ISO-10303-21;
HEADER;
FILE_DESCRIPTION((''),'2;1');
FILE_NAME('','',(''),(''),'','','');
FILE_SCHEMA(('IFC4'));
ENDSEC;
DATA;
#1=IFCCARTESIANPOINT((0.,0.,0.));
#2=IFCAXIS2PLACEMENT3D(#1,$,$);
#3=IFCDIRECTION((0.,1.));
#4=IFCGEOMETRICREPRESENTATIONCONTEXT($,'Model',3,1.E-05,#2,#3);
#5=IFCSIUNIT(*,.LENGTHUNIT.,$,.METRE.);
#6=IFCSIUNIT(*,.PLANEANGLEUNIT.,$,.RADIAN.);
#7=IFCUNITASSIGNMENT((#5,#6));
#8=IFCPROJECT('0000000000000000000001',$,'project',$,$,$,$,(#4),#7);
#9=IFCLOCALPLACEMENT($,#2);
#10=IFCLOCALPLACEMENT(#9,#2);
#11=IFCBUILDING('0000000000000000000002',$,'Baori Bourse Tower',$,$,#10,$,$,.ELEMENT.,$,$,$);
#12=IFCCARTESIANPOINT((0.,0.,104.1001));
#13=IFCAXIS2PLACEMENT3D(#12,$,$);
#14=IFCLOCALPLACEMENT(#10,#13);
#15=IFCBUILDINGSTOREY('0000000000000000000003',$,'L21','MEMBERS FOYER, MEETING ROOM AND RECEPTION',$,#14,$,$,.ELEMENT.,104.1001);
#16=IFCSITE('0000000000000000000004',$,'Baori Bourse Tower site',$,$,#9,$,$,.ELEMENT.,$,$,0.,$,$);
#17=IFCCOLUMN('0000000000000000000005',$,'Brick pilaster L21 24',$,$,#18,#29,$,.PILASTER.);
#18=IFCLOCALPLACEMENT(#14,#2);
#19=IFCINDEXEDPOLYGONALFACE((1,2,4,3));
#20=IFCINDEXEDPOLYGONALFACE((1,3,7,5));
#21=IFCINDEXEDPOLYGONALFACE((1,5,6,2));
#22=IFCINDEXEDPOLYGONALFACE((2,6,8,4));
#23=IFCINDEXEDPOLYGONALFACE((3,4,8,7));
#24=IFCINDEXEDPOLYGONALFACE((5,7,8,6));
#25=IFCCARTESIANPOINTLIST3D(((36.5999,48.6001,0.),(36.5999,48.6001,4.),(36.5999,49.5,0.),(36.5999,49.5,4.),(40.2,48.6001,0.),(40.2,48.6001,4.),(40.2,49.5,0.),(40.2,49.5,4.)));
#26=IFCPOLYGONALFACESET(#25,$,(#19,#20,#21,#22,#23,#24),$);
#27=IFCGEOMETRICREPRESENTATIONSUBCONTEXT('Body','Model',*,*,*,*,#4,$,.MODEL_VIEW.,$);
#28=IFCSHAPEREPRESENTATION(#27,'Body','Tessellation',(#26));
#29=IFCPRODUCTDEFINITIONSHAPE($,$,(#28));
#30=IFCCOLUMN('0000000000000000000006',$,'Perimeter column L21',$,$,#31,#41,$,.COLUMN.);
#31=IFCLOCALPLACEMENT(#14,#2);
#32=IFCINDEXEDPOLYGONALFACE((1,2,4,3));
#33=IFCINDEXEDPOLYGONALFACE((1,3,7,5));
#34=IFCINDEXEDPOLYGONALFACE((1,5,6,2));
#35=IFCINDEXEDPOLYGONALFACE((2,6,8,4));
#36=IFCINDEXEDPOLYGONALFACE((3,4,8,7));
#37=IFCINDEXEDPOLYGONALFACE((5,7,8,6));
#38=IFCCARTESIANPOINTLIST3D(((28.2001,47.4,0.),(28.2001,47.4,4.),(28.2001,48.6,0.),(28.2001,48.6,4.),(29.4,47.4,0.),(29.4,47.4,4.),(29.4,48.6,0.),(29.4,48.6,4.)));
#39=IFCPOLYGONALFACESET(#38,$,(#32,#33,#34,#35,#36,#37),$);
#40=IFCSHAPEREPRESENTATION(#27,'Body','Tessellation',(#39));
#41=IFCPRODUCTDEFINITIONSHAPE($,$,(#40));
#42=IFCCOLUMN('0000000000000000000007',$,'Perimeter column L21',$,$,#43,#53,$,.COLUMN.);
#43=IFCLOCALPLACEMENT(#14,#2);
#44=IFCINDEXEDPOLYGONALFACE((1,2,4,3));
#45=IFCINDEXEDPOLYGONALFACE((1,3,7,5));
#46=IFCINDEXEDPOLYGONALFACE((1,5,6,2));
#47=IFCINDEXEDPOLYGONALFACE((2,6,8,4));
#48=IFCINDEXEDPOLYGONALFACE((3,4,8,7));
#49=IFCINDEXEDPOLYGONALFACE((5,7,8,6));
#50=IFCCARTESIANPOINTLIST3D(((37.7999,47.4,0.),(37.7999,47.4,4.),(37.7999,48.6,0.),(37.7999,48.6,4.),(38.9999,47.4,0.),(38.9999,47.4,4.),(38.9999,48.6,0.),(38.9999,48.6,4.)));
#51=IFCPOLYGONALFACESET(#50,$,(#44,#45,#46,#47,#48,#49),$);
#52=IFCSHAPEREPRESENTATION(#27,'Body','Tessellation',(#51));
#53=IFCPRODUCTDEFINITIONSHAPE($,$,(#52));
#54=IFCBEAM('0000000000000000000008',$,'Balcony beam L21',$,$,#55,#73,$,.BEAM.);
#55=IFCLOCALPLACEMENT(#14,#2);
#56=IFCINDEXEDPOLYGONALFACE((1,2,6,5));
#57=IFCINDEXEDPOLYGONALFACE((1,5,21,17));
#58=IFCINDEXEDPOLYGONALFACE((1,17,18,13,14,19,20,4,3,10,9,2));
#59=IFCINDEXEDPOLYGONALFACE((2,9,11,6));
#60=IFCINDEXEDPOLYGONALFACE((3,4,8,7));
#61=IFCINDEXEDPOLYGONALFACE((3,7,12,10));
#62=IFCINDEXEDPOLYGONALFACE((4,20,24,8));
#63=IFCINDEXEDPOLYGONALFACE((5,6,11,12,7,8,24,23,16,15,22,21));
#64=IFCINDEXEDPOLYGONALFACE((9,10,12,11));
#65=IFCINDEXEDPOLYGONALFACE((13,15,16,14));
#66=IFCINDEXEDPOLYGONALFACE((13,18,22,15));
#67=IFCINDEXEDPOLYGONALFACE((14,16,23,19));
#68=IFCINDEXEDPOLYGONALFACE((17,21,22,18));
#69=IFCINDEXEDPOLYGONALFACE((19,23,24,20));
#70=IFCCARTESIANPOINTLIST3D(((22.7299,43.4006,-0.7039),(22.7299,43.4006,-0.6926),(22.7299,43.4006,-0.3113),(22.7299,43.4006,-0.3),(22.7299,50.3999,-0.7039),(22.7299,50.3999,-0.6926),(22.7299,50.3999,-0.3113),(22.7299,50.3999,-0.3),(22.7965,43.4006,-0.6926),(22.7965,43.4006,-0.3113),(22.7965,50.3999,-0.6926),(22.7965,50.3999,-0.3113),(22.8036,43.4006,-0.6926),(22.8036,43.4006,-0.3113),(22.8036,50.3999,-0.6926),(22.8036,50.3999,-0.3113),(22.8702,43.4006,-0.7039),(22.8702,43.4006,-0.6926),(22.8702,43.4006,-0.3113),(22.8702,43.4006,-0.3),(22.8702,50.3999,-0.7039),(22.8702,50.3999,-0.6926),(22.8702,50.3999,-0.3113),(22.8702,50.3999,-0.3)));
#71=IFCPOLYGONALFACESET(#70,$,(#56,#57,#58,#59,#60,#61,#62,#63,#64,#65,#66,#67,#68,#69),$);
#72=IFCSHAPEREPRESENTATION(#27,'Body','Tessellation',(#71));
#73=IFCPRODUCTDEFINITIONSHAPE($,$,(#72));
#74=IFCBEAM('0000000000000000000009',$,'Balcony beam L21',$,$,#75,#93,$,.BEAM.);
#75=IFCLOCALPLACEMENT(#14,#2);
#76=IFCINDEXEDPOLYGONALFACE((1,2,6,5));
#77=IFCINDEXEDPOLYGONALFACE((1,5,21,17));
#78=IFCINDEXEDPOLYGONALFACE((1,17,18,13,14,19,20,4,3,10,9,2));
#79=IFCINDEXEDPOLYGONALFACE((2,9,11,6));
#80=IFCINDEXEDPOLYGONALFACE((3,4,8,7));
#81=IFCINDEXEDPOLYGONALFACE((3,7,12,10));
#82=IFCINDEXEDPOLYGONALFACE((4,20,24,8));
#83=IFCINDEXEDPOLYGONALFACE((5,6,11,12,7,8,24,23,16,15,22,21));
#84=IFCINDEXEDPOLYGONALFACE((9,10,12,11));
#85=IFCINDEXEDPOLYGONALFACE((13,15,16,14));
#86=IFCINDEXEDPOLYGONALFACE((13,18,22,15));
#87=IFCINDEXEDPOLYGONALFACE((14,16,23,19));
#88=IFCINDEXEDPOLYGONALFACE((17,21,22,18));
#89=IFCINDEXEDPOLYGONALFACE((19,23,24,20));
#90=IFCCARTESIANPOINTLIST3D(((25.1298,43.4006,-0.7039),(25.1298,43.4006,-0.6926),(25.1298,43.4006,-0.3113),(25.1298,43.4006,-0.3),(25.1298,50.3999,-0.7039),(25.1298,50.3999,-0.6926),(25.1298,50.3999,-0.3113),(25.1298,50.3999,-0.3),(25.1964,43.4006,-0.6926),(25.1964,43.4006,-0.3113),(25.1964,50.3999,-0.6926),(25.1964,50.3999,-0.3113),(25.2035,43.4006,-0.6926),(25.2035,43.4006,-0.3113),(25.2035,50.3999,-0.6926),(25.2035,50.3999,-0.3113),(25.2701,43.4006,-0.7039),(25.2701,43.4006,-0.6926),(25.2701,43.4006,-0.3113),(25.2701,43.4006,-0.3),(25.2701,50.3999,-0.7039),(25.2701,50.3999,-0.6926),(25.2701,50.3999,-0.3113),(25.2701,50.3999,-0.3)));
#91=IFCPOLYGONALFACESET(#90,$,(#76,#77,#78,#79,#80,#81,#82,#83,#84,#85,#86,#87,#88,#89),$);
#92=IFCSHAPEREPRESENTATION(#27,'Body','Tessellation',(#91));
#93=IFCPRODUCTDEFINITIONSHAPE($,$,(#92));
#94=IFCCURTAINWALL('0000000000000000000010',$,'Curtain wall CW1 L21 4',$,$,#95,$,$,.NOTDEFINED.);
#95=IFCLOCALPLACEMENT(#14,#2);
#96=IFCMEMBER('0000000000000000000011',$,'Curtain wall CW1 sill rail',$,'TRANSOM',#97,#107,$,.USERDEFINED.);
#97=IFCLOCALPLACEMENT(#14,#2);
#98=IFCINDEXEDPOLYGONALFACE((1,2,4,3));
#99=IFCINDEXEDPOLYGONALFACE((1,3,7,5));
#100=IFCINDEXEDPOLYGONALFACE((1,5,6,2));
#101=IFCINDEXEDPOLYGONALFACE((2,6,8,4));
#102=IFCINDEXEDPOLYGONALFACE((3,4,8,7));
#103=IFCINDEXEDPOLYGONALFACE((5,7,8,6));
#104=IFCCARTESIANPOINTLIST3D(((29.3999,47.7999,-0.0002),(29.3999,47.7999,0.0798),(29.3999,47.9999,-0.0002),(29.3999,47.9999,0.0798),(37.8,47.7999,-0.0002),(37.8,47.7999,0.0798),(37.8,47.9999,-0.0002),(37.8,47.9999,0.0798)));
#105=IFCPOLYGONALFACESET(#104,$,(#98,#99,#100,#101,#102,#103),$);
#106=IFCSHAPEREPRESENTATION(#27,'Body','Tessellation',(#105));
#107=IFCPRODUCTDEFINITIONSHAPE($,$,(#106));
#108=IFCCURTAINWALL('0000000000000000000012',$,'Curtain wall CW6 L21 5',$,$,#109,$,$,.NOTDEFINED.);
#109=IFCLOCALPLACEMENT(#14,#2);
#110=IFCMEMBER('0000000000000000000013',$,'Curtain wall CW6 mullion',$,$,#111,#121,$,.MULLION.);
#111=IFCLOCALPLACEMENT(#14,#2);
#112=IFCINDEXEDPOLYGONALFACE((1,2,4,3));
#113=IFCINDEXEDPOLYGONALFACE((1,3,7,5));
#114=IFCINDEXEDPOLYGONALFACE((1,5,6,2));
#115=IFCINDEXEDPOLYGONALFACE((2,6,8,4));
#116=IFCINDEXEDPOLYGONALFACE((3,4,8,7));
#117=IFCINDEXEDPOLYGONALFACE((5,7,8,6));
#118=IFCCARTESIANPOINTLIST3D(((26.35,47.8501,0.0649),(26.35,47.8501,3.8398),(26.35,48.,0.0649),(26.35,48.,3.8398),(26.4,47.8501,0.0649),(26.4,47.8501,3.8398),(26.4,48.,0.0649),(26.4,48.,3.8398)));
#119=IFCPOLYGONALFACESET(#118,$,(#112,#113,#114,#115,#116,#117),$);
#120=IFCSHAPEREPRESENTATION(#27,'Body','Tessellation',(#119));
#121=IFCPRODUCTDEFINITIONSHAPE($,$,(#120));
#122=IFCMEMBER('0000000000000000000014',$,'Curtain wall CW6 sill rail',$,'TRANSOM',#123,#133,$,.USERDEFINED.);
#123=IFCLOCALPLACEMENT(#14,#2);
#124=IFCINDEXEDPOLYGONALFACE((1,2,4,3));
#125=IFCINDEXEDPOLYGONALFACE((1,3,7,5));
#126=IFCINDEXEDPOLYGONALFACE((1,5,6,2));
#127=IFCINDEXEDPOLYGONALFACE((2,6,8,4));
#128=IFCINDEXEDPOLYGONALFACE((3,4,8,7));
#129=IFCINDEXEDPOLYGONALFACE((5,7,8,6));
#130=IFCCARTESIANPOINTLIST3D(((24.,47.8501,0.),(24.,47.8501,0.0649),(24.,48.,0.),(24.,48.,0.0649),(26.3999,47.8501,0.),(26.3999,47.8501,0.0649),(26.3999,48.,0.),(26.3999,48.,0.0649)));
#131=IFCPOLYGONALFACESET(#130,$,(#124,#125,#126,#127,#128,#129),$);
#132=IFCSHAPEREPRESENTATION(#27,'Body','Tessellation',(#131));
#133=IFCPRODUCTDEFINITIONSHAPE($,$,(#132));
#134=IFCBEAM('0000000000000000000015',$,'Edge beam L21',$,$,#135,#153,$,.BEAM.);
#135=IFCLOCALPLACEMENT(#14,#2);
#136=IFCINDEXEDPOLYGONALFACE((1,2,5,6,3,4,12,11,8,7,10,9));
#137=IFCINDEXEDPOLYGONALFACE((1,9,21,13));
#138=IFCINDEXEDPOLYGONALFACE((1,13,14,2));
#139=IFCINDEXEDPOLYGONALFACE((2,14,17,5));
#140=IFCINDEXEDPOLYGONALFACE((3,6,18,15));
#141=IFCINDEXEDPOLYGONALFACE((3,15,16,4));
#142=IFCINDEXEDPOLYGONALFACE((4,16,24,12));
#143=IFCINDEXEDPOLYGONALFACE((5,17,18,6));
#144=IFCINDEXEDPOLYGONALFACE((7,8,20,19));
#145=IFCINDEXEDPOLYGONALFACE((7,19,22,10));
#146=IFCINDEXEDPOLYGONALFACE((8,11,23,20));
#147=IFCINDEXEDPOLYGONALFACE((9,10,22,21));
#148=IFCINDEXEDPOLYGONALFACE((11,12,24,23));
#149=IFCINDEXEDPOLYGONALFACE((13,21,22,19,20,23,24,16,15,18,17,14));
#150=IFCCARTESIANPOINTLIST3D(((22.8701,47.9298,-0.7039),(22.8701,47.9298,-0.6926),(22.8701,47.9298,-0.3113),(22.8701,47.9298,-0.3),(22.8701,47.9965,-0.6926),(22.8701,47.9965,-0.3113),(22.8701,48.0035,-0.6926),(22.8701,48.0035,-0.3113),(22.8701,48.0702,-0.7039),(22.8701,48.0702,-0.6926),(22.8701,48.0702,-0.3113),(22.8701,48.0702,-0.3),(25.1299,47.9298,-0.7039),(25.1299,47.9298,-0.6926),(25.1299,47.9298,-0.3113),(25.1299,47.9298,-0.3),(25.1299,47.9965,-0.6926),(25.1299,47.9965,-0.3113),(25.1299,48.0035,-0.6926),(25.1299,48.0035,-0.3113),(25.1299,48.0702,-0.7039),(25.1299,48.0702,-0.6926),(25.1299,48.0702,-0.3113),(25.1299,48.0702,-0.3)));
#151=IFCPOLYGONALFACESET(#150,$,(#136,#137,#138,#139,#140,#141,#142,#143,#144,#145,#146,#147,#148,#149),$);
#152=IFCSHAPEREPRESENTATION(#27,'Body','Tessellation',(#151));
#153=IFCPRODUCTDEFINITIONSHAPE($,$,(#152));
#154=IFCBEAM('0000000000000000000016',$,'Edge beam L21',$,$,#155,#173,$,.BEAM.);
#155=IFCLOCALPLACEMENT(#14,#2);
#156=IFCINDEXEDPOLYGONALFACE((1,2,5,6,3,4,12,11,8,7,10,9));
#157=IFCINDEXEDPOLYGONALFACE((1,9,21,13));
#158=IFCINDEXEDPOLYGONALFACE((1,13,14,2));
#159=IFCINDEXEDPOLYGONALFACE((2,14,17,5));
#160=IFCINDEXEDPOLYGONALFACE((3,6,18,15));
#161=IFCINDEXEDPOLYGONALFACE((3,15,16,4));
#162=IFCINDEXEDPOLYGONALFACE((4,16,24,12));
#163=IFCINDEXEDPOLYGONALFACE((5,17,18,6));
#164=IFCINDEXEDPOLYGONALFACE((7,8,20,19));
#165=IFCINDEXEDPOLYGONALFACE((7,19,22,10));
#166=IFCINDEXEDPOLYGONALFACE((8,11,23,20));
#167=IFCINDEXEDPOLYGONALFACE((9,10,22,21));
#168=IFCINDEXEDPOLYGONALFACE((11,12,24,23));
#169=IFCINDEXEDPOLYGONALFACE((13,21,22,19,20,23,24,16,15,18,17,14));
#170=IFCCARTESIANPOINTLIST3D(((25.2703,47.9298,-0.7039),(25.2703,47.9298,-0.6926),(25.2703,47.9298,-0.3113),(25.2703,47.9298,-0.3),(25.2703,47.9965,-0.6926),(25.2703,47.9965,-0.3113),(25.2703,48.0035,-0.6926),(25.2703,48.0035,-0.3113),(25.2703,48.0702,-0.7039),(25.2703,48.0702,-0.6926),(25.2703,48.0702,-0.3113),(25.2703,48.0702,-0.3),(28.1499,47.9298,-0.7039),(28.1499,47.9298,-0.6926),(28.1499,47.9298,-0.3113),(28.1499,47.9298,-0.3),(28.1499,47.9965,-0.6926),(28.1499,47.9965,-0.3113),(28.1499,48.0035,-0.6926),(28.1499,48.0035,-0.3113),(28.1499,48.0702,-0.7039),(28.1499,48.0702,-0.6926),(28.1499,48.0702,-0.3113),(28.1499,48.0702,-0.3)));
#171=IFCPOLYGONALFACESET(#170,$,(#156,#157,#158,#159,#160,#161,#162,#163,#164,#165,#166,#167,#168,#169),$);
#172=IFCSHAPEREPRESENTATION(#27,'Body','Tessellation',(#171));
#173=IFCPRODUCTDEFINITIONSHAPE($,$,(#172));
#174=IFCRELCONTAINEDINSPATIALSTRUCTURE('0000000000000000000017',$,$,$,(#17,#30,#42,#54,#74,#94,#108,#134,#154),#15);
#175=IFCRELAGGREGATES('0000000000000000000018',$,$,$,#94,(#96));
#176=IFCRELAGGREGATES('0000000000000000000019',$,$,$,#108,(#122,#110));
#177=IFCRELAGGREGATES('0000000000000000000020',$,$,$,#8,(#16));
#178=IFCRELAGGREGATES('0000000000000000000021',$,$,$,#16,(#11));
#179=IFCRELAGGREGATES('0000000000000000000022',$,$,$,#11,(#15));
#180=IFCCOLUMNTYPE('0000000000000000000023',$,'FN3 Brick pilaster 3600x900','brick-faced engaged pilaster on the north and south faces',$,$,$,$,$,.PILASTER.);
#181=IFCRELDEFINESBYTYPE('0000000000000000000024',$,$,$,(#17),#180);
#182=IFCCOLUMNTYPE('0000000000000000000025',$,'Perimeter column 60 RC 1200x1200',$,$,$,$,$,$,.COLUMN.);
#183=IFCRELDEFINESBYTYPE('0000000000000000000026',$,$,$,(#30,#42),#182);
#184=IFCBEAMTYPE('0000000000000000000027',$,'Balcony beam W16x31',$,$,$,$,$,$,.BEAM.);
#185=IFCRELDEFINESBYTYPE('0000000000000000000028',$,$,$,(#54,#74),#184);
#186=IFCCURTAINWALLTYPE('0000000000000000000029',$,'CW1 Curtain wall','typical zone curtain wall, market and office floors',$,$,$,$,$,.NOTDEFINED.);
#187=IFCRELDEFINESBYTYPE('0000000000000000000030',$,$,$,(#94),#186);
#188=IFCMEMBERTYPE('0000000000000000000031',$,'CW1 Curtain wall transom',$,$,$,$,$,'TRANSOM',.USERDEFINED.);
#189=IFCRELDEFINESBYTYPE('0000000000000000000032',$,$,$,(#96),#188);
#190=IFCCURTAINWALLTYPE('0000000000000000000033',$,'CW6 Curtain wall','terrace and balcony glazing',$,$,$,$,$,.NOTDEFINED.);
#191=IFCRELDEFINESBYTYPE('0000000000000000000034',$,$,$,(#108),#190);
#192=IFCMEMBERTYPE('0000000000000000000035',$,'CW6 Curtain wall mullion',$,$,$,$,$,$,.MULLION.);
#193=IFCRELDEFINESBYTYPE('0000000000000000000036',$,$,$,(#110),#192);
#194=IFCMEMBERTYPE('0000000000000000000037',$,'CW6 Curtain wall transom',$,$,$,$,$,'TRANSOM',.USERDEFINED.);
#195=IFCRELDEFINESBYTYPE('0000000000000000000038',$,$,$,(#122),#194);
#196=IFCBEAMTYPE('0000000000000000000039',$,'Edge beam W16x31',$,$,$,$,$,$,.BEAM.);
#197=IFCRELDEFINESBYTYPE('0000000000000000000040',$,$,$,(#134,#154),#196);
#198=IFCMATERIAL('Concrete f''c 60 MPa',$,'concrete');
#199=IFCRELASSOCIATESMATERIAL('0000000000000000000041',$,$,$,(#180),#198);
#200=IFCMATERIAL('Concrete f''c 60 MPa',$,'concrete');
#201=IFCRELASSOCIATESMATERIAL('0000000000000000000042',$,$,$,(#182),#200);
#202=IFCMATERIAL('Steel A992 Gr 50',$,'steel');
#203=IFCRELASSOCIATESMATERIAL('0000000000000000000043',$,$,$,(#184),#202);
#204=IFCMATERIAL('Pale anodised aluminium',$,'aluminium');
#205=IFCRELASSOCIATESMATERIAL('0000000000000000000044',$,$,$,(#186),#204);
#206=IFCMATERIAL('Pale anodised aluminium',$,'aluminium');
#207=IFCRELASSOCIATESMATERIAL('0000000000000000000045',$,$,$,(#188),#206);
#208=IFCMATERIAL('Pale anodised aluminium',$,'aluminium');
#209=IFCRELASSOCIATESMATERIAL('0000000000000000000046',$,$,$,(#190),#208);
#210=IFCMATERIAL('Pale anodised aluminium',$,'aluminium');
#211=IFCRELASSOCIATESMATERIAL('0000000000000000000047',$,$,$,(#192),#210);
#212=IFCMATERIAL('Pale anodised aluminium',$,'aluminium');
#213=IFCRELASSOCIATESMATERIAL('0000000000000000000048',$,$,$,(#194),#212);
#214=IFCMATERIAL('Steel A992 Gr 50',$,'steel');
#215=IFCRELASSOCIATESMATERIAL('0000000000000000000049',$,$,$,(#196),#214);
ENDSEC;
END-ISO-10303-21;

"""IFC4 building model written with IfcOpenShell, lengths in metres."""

from ifc_helpers import new_model, si_unit, direction, frame, origin, origin_2d, place, context, subcontext, project, spatial, rectangle, i_section, extrude, material, material_profile, profile_set, type_object, element, aggregate, save


model = new_model("IFC4")

# Units and contexts
model_context = context("Model", 3, precision=1e-05, world=origin(), true_north=direction((0.0, 1.0)))
body_context = subcontext(model_context, "Body", "Model", "MODEL_VIEW")
ifc_project = project(units=[si_unit("LENGTHUNIT", "METRE"), si_unit("PLANEANGLEUNIT", "RADIAN")], contexts=[model_context])

# Site, building, storey
site_placement = place(None, origin())
site = spatial("IfcSite", under=ifc_project, at=site_placement, Name="Baori Bourse Tower site", CompositionType="ELEMENT", RefElevation=0.0)
building_placement = place(site_placement, origin())
building = spatial("IfcBuilding", under=site, at=building_placement, Name="Baori Bourse Tower", CompositionType="ELEMENT")
storey_placement = place(building_placement, frame((0.0, 0.0, 104.1001)))
storey = spatial("IfcBuildingStorey", under=building, at=storey_placement, Name="L21", Description="MEMBERS FOYER, MEETING ROOM AND RECEPTION", CompositionType="ELEMENT", Elevation=104.1001)

# Columns
ifc_material_1 = material(Name="Concrete f'c 60 MPa", Category="concrete")
ifc_material_profile_1 = material_profile(ifc_material_1, rectangle(XDim=3.6001, YDim=0.8999, at=origin_2d()), Name="RC 3600x900")
ifc_profile_set_1 = profile_set([ifc_material_profile_1], Name="Concrete f'c 60 MPa")
column_type_1 = type_object("IfcColumnType", Name="FN3 Brick pilaster 3600x900", Description="brick-faced engaged pilaster on the north and south faces", PredefinedType="PILASTER", material=ifc_profile_set_1)
column_placement = place(storey_placement, frame((38.3999, 49.05, 0.0), z_axis=(0.0, 0.0, 1.0), x_axis=(1.0, 0.0, 0.0)))
element("IfcColumn", 1, at=column_placement, inside=storey, type_object=column_type_1, Name="Brick pilaster L21 24", PredefinedType="PILASTER", context=body_context, shape_type="SweptSolid", body=[
    extrude(rectangle(XDim=3.6001, YDim=0.8999, at=origin_2d()), origin(), (0.0, 0.0, 1.0), 4.0),
])
ifc_material_2 = material(Name="Concrete f'c 60 MPa", Category="concrete")
ifc_material_profile_2 = material_profile(ifc_material_2, rectangle(XDim=1.2, YDim=1.2, at=origin_2d()), Name="RC 1200x1200")
ifc_profile_set_2 = profile_set([ifc_material_profile_2], Name="Concrete f'c 60 MPa")
column_type_2 = type_object("IfcColumnType", Name="Perimeter column 60 RC 1200x1200", PredefinedType="COLUMN", material=ifc_profile_set_2)
for number, where, z_axis, x_axis, name in (
    (2, (28.8, 48.0, 0.0), (0.0, 0.0, 1.0), (1.0, 0.0, 0.0), "Perimeter column L21"),
    (3, (38.3999, 48.0, 0.0), (0.0, 0.0, 1.0), (1.0, 0.0, 0.0), "Perimeter column L21"),
):
    element("IfcColumn", number, at=place(storey_placement, frame(where, z_axis=z_axis, x_axis=x_axis)), inside=storey, type_object=column_type_2, Name=name, PredefinedType="COLUMN", context=body_context, shape_type="SweptSolid", body=[
        extrude(rectangle(XDim=1.2, YDim=1.2, at=origin_2d()), origin(), (0.0, 0.0, 1.0), 4.0),
    ])

# Beams
ifc_material_3 = material(Name="Steel A992 Gr 50", Category="steel")
ifc_material_profile_3 = material_profile(ifc_material_3, i_section(OverallWidth=0.1404, OverallDepth=0.4038, WebThickness=0.0071, FlangeThickness=0.0112, at=origin_2d()), Name="W16x31")
ifc_profile_set_3 = profile_set([ifc_material_profile_3], Name="Steel A992 Gr 50")
beam_type_1 = type_object("IfcBeamType", Name="Balcony beam W16x31", PredefinedType="BEAM", material=ifc_profile_set_3)
for number, where, z_axis, x_axis, name in (
    (4, (22.8, 50.3999, -0.502), (0.0, -1.0, 0.0), (1.0, 0.0, 0.0), "Balcony beam L21"),
    (5, (25.2, 50.3999, -0.502), (0.0, -1.0, 0.0), (1.0, 0.0, 0.0), "Balcony beam L21"),
):
    element("IfcBeam", number, at=place(storey_placement, frame(where, z_axis=z_axis, x_axis=x_axis)), inside=storey, type_object=beam_type_1, Name=name, PredefinedType="BEAM", context=body_context, shape_type="SweptSolid", body=[
        extrude(i_section(OverallWidth=0.1404, OverallDepth=0.4038, WebThickness=0.0071, FlangeThickness=0.0112, at=origin_2d()), origin(), (0.0, 0.0, 1.0), 6.9993),
    ])

# Curtain wall, member
ifc_material_4 = material(Name="Pale anodised aluminium", Category="aluminium")
curtain_wall_type_1 = type_object("IfcCurtainWallType", Name="CW1 Curtain wall", Description="typical zone curtain wall, market and office floors", PredefinedType="NOTDEFINED", material=ifc_material_4)
curtain_wall_1_placement = place(storey_placement, origin())
curtain_wall_1 = element("IfcCurtainWall", 6, at=curtain_wall_1_placement, inside=storey, type_object=curtain_wall_type_1, Name="Curtain wall CW1 L21 4", PredefinedType="NOTDEFINED")
ifc_material_5 = material(Name="Pale anodised aluminium", Category="aluminium")
ifc_material_profile_4 = material_profile(ifc_material_5, rectangle(XDim=0.2, YDim=0.0801, at=origin_2d()), Name="Transom 80x200")
ifc_profile_set_4 = profile_set([ifc_material_profile_4], Name="Pale anodised aluminium")
member_type_1 = type_object("IfcMemberType", Name="CW1 Curtain wall transom", ElementType="TRANSOM", PredefinedType="USERDEFINED", material=ifc_profile_set_4)
member_1_placement = place(storey_placement, frame((37.8, 47.8999, 0.0398), z_axis=(-1.0, 0.0, 0.0), x_axis=(0.0, -1.0, 0.0)))
member_1 = element("IfcMember", 7, at=member_1_placement, type_object=member_type_1, Name="Curtain wall CW1 sill rail", ObjectType="TRANSOM", PredefinedType="USERDEFINED", context=body_context, shape_type="SweptSolid", body=[
    extrude(rectangle(XDim=0.2, YDim=0.0801, at=origin_2d()), origin(), (0.0, 0.0, 1.0), 8.4001),
])

# Curtain wall, members
ifc_material_6 = material(Name="Pale anodised aluminium", Category="aluminium")
curtain_wall_type_2 = type_object("IfcCurtainWallType", Name="CW6 Curtain wall", Description="terrace and balcony glazing", PredefinedType="NOTDEFINED", material=ifc_material_6)
curtain_wall_2_placement = place(storey_placement, origin())
curtain_wall_2 = element("IfcCurtainWall", 8, at=curtain_wall_2_placement, inside=storey, type_object=curtain_wall_type_2, Name="Curtain wall CW6 L21 5", PredefinedType="NOTDEFINED")
ifc_material_7 = material(Name="Pale anodised aluminium", Category="aluminium")
ifc_material_profile_5 = material_profile(ifc_material_7, rectangle(XDim=0.1499, YDim=0.05, at=origin_2d()), Name="Mullion 50x150")
ifc_profile_set_5 = profile_set([ifc_material_profile_5], Name="Pale anodised aluminium")
member_type_2 = type_object("IfcMemberType", Name="CW6 Curtain wall mullion", PredefinedType="MULLION", material=ifc_profile_set_5)
member_2_placement = place(storey_placement, frame((26.375, 47.925, 0.0649), z_axis=(0.0, 0.0, 1.0), x_axis=(0.0, -1.0, 0.0)))
member_2 = element("IfcMember", 9, at=member_2_placement, type_object=member_type_2, Name="Curtain wall CW6 mullion", PredefinedType="MULLION", context=body_context, shape_type="SweptSolid", body=[
    extrude(rectangle(XDim=0.1499, YDim=0.05, at=origin_2d()), origin(), (0.0, 0.0, 1.0), 3.7749),
])
ifc_material_8 = material(Name="Pale anodised aluminium", Category="aluminium")
ifc_material_profile_6 = material_profile(ifc_material_8, rectangle(XDim=0.1499, YDim=0.0649, at=origin_2d()), Name="Transom 65x150")
ifc_profile_set_6 = profile_set([ifc_material_profile_6], Name="Pale anodised aluminium")
member_type_3 = type_object("IfcMemberType", Name="CW6 Curtain wall transom", ElementType="TRANSOM", PredefinedType="USERDEFINED", material=ifc_profile_set_6)
member_3_placement = place(storey_placement, frame((26.3999, 47.925, 0.0325), z_axis=(-1.0, 0.0, 0.0), x_axis=(0.0, -1.0, 0.0)))
member_3 = element("IfcMember", 10, at=member_3_placement, type_object=member_type_3, Name="Curtain wall CW6 sill rail", ObjectType="TRANSOM", PredefinedType="USERDEFINED", context=body_context, shape_type="SweptSolid", body=[
    extrude(rectangle(XDim=0.1499, YDim=0.0649, at=origin_2d()), origin(), (0.0, 0.0, 1.0), 2.3999),
])

# Beams
ifc_material_9 = material(Name="Steel A992 Gr 50", Category="steel")
ifc_material_profile_7 = material_profile(ifc_material_9, i_section(OverallWidth=0.1404, OverallDepth=0.4038, WebThickness=0.0071, FlangeThickness=0.0112, at=origin_2d()), Name="W16x31")
ifc_profile_set_7 = profile_set([ifc_material_profile_7], Name="Steel A992 Gr 50")
beam_type_2 = type_object("IfcBeamType", Name="Edge beam W16x31", PredefinedType="BEAM", material=ifc_profile_set_7)
beam_1_placement = place(storey_placement, frame((22.8701, 48.0, -0.502), z_axis=(1.0, 0.0, 0.0), x_axis=(0.0, 1.0, 0.0)))
element("IfcBeam", 11, at=beam_1_placement, inside=storey, type_object=beam_type_2, Name="Edge beam L21", PredefinedType="BEAM", context=body_context, shape_type="SweptSolid", body=[
    extrude(i_section(OverallWidth=0.1404, OverallDepth=0.4038, WebThickness=0.0071, FlangeThickness=0.0112, at=origin_2d()), origin(), (0.0, 0.0, 1.0), 2.2598),
])
beam_2_placement = place(storey_placement, frame((25.2703, 48.0, -0.502), z_axis=(1.0, 0.0, 0.0), x_axis=(0.0, 1.0, 0.0)))
element("IfcBeam", 12, at=beam_2_placement, inside=storey, type_object=beam_type_2, Name="Edge beam L21", PredefinedType="BEAM", context=body_context, shape_type="SweptSolid", body=[
    extrude(i_section(OverallWidth=0.1404, OverallDepth=0.4038, WebThickness=0.0071, FlangeThickness=0.0112, at=origin_2d()), origin(), (0.0, 0.0, 1.0), 2.8796),
])

aggregate(curtain_wall_1, [member_1])
aggregate(curtain_wall_2, [member_3, member_2])

save(model, "model.ifc")
